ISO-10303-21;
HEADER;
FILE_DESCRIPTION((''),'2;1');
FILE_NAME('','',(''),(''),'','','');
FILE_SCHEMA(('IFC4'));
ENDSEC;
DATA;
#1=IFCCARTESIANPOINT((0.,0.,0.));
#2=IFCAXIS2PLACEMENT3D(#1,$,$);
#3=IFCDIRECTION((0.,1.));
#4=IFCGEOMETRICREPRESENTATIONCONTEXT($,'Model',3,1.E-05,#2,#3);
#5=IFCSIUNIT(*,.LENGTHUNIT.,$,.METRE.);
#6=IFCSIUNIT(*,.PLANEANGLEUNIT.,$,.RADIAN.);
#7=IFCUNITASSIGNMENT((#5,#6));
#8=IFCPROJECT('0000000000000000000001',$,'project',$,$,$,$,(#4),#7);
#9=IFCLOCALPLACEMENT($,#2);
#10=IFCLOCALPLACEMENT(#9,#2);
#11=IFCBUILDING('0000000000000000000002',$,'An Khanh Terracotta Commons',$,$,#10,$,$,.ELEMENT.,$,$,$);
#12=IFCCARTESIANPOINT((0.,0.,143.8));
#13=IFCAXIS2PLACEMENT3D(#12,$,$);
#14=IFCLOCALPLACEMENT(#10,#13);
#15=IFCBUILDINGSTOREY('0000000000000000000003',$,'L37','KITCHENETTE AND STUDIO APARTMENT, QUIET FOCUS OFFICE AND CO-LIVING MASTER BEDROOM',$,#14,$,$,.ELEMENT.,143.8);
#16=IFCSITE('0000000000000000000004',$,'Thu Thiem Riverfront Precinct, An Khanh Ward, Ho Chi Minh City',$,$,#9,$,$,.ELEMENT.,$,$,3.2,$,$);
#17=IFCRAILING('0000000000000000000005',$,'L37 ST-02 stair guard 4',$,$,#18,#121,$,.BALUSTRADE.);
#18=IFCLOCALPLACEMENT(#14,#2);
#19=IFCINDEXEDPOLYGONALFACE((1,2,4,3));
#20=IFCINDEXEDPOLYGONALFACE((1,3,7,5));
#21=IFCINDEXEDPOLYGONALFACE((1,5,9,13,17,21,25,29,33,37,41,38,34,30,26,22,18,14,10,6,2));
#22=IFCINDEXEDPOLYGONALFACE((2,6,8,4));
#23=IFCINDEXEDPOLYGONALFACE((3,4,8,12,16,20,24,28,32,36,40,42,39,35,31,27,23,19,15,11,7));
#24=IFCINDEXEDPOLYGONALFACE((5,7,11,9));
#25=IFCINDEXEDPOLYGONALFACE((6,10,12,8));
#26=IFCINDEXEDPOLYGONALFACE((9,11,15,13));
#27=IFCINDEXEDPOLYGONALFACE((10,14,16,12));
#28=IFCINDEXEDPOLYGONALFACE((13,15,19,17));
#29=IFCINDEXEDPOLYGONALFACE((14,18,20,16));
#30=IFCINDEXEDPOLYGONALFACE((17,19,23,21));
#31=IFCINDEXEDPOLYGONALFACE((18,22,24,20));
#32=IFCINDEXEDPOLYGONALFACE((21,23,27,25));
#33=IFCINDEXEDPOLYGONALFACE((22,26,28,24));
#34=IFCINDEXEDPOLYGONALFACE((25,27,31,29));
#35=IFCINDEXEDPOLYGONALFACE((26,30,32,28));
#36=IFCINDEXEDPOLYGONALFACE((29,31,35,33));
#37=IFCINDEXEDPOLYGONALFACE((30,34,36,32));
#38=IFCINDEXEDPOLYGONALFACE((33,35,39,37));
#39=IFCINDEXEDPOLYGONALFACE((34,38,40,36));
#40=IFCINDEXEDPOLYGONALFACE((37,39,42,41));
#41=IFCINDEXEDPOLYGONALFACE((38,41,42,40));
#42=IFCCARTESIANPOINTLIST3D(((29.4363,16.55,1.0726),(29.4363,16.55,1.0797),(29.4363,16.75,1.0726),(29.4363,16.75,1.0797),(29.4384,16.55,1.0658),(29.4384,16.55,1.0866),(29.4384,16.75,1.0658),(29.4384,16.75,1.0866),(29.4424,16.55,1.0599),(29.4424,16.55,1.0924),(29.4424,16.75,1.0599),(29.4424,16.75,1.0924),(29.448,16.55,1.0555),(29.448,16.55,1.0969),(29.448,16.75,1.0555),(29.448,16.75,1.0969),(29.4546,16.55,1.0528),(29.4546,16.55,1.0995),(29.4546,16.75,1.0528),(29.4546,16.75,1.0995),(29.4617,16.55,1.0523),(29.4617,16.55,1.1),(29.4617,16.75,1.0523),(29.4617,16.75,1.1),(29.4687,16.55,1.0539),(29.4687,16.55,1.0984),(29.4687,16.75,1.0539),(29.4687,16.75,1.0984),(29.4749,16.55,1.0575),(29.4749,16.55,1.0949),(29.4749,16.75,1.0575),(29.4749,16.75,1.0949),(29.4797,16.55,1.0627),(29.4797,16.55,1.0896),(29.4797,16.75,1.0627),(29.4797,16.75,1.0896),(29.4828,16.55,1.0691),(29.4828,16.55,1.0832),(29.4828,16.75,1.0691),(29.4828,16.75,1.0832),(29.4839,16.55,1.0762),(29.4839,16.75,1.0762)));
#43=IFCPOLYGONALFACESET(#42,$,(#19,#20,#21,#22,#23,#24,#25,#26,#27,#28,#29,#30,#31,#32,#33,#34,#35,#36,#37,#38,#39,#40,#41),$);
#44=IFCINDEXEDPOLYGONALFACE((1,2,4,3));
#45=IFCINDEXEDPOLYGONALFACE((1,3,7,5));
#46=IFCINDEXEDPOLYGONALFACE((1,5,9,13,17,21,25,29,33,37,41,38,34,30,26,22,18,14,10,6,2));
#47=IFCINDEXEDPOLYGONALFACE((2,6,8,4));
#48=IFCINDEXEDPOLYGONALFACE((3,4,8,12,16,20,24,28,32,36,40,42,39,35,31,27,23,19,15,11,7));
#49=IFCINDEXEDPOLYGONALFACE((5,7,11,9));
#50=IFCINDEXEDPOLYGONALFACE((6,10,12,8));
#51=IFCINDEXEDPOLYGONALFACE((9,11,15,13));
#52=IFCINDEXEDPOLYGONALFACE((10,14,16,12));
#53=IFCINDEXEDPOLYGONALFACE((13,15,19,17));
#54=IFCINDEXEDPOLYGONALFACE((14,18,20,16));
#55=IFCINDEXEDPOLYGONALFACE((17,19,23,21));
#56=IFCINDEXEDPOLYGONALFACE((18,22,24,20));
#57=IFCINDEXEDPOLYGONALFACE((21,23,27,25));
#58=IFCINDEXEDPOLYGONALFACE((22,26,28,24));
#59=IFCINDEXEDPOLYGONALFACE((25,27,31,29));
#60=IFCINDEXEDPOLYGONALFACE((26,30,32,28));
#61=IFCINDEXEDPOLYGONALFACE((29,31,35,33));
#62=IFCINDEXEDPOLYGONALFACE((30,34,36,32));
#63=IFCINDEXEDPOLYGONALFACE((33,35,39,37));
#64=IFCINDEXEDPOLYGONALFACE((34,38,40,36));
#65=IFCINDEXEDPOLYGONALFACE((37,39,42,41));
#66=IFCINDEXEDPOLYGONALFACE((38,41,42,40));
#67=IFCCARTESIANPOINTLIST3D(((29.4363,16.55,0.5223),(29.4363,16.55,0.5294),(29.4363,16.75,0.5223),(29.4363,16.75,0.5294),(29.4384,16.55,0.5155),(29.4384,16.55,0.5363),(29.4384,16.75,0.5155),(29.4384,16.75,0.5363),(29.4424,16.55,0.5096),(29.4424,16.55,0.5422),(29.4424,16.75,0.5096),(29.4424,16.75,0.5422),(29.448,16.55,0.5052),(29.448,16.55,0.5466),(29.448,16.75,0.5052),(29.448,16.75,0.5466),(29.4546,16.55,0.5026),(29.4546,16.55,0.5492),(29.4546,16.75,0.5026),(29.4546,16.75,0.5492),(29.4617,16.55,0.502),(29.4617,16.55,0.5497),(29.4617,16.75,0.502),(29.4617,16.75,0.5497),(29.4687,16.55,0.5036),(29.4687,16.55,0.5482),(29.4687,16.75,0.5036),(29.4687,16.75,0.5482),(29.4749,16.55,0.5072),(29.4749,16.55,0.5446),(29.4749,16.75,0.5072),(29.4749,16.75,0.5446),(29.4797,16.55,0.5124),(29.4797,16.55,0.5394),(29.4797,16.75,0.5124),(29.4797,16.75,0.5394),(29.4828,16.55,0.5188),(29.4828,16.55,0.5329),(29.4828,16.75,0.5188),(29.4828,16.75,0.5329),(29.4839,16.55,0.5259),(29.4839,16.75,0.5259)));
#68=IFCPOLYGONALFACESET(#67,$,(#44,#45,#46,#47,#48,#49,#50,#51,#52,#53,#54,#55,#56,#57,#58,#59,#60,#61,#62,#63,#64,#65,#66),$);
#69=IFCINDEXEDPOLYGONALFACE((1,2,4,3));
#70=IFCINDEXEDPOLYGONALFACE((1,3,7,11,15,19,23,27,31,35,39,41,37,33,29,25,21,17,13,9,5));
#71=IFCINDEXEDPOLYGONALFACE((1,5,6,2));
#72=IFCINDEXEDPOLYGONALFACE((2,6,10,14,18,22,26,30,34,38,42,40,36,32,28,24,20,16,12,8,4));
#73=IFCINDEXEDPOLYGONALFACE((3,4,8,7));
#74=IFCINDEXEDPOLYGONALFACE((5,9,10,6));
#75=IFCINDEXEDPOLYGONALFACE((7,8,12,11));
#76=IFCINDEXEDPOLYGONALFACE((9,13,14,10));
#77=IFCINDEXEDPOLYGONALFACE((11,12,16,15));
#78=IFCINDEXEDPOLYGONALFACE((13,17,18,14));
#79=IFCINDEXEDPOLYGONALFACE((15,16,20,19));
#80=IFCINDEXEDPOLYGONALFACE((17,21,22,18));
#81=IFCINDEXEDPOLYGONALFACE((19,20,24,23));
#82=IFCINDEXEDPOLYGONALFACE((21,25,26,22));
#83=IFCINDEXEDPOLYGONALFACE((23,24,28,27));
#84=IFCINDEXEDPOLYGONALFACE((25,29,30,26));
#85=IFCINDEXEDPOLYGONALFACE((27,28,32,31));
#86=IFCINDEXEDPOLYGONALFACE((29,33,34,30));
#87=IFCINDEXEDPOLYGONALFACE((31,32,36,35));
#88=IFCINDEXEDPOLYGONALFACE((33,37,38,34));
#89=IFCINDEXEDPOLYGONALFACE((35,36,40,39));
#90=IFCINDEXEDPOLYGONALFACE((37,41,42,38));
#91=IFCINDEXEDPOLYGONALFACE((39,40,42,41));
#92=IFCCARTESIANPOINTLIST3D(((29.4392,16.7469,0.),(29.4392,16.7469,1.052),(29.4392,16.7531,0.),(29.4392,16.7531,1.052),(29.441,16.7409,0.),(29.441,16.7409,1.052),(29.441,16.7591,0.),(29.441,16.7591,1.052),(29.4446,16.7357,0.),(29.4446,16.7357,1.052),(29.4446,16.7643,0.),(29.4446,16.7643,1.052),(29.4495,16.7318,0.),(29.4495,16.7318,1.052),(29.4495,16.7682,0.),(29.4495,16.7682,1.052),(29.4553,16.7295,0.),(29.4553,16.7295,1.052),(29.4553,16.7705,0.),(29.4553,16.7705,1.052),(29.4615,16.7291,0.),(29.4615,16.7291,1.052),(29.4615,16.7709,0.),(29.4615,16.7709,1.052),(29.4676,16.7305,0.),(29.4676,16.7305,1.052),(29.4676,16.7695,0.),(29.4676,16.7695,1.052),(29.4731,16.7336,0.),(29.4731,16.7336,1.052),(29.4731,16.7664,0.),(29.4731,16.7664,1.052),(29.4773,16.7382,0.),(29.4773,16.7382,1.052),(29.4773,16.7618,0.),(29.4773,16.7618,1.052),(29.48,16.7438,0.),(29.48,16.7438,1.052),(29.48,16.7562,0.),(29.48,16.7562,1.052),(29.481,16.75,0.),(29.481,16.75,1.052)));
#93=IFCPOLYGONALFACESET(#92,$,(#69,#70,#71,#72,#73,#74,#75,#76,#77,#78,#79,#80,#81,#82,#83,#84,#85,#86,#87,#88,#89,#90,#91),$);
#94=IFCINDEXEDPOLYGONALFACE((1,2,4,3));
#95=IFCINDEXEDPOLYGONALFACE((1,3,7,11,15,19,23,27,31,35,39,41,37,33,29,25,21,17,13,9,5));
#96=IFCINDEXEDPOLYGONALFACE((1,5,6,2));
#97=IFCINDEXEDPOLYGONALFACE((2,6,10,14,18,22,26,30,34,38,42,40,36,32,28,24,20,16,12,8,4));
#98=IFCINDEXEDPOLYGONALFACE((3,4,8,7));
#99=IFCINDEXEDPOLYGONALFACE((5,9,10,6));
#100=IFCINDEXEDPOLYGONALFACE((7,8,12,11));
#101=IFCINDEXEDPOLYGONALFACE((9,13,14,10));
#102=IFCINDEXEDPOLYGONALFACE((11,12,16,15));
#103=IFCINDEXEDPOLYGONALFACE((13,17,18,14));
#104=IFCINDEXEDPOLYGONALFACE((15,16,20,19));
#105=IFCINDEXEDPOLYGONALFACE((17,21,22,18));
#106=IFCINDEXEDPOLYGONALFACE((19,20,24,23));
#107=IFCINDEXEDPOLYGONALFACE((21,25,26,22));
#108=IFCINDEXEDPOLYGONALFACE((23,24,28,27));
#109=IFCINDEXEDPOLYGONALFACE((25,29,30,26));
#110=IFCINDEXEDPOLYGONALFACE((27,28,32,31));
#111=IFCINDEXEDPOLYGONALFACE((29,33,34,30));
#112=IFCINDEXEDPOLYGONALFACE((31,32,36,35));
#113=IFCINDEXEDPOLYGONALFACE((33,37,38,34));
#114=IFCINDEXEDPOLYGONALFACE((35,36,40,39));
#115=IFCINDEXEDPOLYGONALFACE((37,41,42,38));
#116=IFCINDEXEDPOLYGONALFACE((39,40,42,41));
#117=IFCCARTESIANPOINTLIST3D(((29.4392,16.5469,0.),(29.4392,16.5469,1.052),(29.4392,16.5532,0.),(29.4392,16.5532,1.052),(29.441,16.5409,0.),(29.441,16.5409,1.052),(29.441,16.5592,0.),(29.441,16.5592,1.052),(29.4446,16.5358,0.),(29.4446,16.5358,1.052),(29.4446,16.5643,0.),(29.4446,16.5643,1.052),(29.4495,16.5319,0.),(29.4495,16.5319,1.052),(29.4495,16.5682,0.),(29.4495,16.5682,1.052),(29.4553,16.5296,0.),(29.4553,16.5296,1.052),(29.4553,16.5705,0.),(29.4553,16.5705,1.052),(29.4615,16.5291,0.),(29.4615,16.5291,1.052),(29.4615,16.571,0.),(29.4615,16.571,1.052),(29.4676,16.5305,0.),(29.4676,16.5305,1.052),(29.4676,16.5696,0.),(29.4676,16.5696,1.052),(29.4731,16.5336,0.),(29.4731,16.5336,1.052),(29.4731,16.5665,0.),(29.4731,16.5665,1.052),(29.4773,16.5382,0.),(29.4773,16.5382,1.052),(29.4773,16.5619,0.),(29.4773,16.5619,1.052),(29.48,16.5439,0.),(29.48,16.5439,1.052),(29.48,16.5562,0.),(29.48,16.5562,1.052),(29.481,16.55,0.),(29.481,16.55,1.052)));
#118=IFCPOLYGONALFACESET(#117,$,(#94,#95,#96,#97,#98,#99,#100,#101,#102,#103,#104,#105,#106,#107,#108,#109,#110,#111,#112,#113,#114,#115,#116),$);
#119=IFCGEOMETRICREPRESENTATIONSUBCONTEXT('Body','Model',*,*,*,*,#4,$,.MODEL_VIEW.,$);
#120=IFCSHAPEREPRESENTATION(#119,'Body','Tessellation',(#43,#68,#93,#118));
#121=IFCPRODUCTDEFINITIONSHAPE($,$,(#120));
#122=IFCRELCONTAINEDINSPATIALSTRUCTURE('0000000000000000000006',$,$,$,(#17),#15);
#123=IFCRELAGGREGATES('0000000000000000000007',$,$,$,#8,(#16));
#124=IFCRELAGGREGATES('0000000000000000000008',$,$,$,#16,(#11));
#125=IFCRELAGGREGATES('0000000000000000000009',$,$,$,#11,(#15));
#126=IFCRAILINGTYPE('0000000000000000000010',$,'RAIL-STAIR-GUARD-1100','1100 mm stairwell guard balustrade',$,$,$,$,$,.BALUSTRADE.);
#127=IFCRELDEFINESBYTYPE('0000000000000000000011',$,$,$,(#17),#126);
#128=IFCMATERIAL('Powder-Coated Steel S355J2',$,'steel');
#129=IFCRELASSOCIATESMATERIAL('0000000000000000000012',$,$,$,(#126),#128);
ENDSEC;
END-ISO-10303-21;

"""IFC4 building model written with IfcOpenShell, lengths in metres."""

from ifc_helpers import new_model, si_unit, direction, frame, origin, origin_2d, place, context, subcontext, project, spatial, circle, extrude, material, type_object, element, save


model = new_model("IFC4")

# Units and contexts
model_context = context("Model", 3, precision=1e-05, world=origin(), true_north=direction((0.0, 1.0)))
body_context = subcontext(model_context, "Body", "Model", "MODEL_VIEW")
ifc_project = project(units=[si_unit("LENGTHUNIT", "METRE"), si_unit("PLANEANGLEUNIT", "RADIAN")], contexts=[model_context])

# Site, building, storey
site_placement = place(None, origin())
site = spatial("IfcSite", under=ifc_project, at=site_placement, Name="Thu Thiem Riverfront Precinct, An Khanh Ward, Ho Chi Minh City", CompositionType="ELEMENT", RefElevation=3.2)
building_placement = place(site_placement, origin())
building = spatial("IfcBuilding", under=site, at=building_placement, Name="An Khanh Terracotta Commons", CompositionType="ELEMENT")
storey_placement = place(building_placement, frame((0.0, 0.0, 143.8)))
storey = spatial("IfcBuildingStorey", under=building, at=storey_placement, Name="L37", Description="KITCHENETTE AND STUDIO APARTMENT, QUIET FOCUS OFFICE AND CO-LIVING MASTER BEDROOM", CompositionType="ELEMENT", Elevation=143.8)

# Railing
ifc_material_1 = material(Name="Powder-Coated Steel S355J2", Category="steel")
railing_type_1 = type_object("IfcRailingType", Name="RAIL-STAIR-GUARD-1100", Description="1100 mm stairwell guard balustrade", PredefinedType="BALUSTRADE", material=ifc_material_1)
railing_1_placement = place(storey_placement, frame((29.46, 16.75, 0.0)))
element("IfcRailing", 1, at=railing_1_placement, inside=storey, type_object=railing_type_1, Name="L37 ST-02 stair guard 4", PredefinedType="BALUSTRADE", context=body_context, shape_type="SweptSolid", body=[
    extrude(circle(Radius=0.0239, at=origin_2d()), frame((0.0, 0.0, 1.0762), z_axis=(0.0, -1.0, 0.0), x_axis=(1.0, 0.0, 0.0)), (0.0, 0.0, 1.0), 0.2),
    extrude(circle(Radius=0.0239, at=origin_2d()), frame((0.0, 0.0, 0.5259), z_axis=(0.0, -1.0, 0.0), x_axis=(1.0, 0.0, 0.0)), (0.0, 0.0, 1.0), 0.2),
    extrude(circle(Radius=0.021, at=origin_2d()), origin(), (0.0, 0.0, 1.0), 1.052),
    extrude(circle(Radius=0.021, at=origin_2d()), frame((0.0, -0.2, 0.0)), (0.0, 0.0, 1.0), 1.052),
])

save(model, "model.ifc")
